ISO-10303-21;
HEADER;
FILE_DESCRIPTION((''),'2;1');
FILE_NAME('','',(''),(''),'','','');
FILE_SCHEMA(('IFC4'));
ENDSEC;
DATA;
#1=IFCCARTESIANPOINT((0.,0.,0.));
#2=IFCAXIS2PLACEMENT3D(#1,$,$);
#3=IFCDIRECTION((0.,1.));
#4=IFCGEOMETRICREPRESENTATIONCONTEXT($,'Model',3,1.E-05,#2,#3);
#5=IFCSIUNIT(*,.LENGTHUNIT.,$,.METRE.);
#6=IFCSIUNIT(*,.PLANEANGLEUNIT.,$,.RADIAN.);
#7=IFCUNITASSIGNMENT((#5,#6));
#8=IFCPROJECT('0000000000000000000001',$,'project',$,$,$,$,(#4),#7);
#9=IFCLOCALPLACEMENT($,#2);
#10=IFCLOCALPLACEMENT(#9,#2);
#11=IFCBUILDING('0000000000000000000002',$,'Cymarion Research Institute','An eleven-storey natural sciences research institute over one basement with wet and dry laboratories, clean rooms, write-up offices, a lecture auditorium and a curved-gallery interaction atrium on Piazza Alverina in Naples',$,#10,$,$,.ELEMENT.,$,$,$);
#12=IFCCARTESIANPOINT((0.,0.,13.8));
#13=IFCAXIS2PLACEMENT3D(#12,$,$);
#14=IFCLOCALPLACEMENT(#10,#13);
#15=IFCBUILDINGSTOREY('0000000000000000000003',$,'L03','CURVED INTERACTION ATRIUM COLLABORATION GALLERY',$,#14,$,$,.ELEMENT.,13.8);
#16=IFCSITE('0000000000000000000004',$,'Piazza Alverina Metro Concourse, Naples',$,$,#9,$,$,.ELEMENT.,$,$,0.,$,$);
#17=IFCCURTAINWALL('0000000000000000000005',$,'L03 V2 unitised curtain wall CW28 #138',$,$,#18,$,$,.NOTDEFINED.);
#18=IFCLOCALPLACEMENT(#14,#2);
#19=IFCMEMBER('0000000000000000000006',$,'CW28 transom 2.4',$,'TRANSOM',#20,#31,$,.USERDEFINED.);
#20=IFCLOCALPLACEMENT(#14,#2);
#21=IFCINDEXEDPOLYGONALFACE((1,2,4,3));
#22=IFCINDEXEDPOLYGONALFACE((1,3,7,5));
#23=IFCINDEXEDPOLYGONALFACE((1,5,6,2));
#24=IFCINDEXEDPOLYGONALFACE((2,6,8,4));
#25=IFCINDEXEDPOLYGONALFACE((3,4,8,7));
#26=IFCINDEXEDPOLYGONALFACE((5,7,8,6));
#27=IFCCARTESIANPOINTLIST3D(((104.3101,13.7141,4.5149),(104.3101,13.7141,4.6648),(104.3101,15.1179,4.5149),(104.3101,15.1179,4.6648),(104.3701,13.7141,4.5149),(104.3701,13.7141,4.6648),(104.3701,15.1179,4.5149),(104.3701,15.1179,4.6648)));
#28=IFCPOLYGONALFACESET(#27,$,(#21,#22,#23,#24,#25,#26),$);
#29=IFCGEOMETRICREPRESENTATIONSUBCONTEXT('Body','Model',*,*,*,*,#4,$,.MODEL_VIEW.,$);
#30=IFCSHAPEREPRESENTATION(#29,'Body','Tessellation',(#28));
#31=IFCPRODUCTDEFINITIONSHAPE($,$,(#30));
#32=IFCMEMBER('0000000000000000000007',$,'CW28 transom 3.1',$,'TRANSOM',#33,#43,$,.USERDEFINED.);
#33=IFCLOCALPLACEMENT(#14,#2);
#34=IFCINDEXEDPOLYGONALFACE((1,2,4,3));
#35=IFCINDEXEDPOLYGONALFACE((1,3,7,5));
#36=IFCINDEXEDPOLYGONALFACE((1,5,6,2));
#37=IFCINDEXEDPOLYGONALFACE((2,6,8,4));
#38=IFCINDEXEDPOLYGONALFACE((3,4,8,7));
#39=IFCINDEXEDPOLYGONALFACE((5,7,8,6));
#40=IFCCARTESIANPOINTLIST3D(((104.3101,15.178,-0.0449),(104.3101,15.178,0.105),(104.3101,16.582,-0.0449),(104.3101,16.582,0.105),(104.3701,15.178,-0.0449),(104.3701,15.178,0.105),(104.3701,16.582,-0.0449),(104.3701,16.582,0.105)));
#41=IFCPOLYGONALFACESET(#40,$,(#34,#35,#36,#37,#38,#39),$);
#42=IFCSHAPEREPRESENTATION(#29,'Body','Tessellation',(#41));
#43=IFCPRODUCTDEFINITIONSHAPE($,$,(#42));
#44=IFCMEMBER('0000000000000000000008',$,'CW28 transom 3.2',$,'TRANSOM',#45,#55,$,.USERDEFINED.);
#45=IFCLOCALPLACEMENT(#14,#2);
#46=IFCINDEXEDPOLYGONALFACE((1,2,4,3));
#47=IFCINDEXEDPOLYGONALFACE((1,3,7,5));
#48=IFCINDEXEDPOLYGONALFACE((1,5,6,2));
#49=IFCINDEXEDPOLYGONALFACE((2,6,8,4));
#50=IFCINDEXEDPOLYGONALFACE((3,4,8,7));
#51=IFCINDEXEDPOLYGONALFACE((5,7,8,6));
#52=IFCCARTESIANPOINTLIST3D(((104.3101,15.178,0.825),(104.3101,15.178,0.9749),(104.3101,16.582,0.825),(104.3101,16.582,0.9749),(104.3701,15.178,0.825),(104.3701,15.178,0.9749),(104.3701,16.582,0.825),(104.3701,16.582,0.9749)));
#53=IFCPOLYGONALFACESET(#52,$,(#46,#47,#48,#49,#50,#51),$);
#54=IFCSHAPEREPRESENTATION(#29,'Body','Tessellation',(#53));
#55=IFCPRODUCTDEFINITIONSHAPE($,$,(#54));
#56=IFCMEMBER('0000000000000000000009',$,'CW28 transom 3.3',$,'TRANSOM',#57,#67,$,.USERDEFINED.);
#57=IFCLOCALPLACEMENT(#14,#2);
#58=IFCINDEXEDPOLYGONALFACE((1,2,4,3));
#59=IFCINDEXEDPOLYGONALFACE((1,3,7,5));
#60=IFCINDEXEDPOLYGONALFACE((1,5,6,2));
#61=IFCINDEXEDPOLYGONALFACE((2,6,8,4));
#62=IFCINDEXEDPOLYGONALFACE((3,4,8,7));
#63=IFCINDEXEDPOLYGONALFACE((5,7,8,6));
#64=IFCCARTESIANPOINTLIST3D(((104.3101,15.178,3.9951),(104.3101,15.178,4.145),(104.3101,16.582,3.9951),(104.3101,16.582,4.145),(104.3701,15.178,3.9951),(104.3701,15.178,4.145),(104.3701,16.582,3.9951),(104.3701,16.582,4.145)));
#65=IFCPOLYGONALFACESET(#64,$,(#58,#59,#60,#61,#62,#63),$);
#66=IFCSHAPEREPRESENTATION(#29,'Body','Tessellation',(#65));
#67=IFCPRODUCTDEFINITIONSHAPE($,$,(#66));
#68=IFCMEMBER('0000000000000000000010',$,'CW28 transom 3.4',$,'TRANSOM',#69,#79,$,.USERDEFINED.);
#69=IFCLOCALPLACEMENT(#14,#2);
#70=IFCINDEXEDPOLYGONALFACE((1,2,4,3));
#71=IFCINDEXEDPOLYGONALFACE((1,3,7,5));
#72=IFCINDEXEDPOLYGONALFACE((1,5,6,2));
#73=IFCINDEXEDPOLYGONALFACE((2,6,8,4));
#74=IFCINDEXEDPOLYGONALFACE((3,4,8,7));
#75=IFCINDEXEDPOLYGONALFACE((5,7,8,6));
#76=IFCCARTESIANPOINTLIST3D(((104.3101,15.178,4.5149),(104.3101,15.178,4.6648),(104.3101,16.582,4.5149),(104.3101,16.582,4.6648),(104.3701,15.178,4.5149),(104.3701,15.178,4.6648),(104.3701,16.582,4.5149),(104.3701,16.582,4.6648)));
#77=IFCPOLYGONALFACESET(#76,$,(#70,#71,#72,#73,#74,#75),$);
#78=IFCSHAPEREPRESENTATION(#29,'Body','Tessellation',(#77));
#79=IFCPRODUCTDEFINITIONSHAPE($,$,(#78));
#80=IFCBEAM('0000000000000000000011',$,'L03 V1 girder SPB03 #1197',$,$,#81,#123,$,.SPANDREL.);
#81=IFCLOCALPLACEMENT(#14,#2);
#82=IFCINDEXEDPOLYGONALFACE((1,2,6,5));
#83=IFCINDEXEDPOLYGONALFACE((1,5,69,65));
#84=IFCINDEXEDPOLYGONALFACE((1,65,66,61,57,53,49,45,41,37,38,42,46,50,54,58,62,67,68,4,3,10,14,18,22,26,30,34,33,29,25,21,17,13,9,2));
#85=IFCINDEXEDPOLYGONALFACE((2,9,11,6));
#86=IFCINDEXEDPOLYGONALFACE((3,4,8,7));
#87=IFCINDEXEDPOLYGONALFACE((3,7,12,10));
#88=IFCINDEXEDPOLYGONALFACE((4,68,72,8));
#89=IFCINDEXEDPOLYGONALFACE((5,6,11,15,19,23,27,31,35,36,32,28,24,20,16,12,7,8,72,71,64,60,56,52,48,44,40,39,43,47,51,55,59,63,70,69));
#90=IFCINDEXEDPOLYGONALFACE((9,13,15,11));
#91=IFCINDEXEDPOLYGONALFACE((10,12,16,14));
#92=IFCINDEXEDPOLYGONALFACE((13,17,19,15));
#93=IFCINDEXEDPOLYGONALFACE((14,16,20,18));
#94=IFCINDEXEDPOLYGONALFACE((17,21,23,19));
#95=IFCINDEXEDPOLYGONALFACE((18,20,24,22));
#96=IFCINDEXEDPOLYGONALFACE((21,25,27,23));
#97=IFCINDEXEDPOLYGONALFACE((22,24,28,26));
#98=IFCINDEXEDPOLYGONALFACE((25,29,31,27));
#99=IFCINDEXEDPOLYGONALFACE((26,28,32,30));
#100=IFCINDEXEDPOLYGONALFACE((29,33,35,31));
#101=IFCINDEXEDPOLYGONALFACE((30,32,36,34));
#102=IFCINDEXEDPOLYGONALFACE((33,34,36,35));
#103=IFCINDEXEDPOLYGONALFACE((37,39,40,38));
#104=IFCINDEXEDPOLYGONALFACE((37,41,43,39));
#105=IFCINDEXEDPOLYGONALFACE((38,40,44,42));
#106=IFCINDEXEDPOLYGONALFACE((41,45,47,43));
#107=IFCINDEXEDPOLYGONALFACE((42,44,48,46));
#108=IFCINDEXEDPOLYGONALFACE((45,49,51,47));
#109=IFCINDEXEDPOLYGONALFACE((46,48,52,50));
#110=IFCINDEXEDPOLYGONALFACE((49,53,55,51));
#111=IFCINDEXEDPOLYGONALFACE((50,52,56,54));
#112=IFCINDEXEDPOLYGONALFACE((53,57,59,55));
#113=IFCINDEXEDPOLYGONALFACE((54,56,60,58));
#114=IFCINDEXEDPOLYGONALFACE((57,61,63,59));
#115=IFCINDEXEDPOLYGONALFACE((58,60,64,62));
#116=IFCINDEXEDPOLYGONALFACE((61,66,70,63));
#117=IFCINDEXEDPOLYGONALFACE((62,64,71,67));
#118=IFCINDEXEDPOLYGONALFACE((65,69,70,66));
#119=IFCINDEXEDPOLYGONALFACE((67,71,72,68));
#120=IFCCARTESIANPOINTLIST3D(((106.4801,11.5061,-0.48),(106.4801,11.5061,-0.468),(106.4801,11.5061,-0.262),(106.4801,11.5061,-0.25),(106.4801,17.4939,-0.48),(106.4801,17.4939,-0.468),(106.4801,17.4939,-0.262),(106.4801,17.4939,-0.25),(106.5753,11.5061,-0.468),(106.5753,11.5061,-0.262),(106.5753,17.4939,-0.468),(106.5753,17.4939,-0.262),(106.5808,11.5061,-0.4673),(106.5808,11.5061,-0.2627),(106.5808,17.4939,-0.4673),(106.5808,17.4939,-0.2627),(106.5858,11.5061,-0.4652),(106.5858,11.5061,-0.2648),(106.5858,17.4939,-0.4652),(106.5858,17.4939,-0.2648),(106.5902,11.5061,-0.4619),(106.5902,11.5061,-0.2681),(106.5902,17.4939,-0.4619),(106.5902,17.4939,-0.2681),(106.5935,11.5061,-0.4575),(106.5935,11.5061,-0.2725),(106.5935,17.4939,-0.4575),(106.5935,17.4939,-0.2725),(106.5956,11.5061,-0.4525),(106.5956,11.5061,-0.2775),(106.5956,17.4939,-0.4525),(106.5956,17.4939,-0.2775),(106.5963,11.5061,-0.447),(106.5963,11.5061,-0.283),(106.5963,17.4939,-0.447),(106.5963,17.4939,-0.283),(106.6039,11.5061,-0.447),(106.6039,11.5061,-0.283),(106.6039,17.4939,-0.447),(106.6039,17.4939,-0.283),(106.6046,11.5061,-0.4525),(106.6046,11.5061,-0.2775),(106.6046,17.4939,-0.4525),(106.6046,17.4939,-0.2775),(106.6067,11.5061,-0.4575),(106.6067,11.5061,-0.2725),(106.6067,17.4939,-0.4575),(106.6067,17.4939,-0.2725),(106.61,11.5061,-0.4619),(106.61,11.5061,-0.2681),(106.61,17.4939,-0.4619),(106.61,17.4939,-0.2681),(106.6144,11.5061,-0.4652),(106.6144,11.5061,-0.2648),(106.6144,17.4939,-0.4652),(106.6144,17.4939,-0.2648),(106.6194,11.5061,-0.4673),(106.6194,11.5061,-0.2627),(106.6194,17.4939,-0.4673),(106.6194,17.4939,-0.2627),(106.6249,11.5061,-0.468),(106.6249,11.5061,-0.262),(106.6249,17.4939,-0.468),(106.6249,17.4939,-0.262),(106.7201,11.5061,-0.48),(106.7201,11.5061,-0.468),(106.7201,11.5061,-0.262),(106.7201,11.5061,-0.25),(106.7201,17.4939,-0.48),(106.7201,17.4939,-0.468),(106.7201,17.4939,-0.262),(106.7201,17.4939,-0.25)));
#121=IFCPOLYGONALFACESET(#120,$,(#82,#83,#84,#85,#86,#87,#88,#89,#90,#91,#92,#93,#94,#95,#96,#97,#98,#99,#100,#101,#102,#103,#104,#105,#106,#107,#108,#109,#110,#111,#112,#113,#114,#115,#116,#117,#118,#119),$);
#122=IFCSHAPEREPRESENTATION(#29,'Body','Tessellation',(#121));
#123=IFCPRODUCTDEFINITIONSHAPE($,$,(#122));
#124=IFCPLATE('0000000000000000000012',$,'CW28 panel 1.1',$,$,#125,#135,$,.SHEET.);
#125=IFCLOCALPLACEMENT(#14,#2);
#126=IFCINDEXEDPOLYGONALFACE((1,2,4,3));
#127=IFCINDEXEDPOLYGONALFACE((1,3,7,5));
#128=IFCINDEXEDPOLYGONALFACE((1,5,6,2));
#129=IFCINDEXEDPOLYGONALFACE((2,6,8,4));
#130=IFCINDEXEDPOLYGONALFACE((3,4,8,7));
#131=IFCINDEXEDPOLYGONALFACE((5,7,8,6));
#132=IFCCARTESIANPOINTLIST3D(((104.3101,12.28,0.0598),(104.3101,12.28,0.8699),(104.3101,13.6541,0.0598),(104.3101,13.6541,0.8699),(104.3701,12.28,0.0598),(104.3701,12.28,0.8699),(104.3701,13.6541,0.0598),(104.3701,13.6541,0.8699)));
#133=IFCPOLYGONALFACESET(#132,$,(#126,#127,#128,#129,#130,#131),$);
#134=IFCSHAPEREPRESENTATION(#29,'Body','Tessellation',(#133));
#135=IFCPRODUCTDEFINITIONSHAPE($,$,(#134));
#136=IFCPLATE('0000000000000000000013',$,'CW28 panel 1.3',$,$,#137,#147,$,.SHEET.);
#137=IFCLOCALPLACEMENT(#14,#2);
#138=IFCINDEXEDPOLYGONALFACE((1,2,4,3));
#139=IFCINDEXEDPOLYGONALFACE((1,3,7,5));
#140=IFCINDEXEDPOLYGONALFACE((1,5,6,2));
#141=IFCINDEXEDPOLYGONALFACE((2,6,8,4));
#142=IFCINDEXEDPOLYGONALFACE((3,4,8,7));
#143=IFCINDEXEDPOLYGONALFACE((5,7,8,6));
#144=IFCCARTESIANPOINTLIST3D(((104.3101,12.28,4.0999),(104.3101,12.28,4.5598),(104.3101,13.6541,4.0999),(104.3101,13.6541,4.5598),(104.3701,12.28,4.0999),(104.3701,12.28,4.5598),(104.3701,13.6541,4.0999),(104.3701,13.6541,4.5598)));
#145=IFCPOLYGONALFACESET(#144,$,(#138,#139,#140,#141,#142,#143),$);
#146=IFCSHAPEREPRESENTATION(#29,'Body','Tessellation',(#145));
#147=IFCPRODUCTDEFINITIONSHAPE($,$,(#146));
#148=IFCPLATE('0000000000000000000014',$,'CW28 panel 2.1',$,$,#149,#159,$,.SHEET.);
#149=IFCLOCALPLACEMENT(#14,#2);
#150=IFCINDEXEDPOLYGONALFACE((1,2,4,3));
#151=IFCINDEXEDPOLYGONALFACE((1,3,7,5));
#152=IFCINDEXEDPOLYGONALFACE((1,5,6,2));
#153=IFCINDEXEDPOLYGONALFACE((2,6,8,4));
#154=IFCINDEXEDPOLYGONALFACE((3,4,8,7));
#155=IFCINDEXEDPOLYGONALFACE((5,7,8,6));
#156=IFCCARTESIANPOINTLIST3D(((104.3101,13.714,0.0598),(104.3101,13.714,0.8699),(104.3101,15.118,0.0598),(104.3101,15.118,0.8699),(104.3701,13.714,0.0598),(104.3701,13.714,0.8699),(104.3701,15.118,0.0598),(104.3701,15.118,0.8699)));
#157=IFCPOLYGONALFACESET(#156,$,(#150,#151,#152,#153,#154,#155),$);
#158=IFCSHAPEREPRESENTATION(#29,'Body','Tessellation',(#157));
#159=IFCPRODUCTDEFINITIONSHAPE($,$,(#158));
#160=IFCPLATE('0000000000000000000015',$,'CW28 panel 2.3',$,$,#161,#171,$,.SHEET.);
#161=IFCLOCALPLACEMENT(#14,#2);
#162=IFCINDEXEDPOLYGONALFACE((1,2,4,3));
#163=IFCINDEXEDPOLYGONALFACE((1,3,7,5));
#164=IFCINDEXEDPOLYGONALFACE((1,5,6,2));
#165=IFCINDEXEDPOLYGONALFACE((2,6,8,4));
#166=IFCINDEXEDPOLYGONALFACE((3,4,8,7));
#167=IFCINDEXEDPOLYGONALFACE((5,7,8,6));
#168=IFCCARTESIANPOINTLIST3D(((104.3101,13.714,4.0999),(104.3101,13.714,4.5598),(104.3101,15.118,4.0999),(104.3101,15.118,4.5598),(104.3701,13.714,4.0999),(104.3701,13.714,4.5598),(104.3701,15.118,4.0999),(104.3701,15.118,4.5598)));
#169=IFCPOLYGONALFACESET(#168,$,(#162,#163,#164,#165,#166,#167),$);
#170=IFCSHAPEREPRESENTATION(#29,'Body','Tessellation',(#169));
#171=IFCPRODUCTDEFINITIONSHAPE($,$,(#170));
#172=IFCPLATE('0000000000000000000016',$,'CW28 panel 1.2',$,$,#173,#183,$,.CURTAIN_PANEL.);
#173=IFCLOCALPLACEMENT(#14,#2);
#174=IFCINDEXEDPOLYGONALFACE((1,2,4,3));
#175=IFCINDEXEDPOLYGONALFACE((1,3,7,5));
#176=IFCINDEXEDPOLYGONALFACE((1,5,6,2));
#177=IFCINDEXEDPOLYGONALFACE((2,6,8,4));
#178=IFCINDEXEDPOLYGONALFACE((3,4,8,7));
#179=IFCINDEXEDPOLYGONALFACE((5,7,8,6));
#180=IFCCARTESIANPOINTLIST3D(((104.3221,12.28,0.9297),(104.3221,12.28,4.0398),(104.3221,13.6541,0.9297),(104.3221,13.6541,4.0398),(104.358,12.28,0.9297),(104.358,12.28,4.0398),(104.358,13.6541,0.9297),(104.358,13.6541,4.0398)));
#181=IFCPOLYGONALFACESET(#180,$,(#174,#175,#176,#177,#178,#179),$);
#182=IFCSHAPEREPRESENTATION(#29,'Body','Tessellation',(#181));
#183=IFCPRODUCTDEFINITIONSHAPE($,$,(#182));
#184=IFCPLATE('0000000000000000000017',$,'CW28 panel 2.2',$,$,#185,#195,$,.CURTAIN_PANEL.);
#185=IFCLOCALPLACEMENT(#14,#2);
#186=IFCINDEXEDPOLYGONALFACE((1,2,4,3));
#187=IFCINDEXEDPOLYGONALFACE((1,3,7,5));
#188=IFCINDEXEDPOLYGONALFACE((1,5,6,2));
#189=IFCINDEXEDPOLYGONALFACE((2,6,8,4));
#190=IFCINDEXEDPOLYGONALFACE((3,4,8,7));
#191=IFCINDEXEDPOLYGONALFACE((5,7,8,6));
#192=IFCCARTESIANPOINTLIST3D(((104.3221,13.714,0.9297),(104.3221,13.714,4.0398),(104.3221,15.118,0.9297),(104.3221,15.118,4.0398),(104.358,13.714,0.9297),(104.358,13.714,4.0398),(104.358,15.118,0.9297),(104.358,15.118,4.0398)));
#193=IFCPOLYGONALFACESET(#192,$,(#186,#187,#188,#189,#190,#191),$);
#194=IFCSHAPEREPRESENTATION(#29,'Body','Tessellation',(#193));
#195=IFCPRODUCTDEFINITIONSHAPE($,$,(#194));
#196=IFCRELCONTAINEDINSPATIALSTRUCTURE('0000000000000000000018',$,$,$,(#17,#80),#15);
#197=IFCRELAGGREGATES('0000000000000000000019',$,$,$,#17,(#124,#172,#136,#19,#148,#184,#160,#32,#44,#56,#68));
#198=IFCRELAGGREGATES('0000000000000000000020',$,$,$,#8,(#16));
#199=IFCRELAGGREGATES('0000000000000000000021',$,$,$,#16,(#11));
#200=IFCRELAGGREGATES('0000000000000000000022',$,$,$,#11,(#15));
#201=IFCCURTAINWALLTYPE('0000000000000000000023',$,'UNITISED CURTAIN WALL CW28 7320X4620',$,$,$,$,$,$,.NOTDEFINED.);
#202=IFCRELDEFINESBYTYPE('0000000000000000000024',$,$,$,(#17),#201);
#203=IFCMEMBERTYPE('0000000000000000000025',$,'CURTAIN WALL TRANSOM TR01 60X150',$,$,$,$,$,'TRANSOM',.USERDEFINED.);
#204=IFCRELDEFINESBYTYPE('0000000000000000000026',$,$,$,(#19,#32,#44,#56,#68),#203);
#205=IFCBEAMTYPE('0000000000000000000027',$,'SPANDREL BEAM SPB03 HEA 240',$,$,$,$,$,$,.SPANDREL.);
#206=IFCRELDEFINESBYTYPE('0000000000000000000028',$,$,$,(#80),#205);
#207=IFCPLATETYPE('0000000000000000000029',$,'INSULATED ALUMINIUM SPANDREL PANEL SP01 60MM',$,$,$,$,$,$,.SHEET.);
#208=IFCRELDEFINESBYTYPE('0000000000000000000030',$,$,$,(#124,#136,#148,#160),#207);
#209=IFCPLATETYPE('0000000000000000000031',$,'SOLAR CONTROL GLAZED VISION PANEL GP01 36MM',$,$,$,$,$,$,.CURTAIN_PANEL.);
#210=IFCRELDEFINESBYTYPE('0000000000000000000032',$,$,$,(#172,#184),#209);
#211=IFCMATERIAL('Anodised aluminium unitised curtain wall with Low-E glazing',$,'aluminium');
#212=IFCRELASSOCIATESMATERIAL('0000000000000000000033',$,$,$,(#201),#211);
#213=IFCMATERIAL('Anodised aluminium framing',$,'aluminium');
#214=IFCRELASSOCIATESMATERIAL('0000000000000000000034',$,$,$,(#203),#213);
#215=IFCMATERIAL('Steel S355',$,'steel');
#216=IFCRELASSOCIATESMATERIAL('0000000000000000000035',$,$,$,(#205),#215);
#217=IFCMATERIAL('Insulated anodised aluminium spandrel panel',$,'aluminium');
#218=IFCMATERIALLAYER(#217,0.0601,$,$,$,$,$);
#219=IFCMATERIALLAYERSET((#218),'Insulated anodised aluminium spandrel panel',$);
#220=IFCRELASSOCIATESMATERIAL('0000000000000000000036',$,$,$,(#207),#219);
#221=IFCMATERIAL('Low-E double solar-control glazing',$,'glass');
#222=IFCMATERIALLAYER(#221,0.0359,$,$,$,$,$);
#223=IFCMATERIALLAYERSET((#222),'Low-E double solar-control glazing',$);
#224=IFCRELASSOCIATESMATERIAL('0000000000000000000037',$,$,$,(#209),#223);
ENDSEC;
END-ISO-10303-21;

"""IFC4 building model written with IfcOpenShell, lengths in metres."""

from ifc_helpers import new_model, si_unit, direction, frame, origin, origin_2d, place, context, subcontext, project, spatial, rectangle, i_section, extrude, material, layer, layer_set, material_profile, profile_set, type_object, element, aggregate, save


model = new_model("IFC4")

# Units and contexts
model_context = context("Model", 3, precision=1e-05, world=origin(), true_north=direction((0.0, 1.0)))
body_context = subcontext(model_context, "Body", "Model", "MODEL_VIEW")
ifc_project = project(units=[si_unit("LENGTHUNIT", "METRE"), si_unit("PLANEANGLEUNIT", "RADIAN")], contexts=[model_context])

# Site, building, storey
site_placement = place(None, origin())
site = spatial("IfcSite", under=ifc_project, at=site_placement, Name="Piazza Alverina Metro Concourse, Naples", CompositionType="ELEMENT", RefElevation=0.0)
building_placement = place(site_placement, origin())
building = spatial("IfcBuilding", under=site, at=building_placement, Name="Cymarion Research Institute", Description="An eleven-storey natural sciences research institute over one basement with wet and dry laboratories, clean rooms, write-up offices, a lecture auditorium and a curved-gallery interaction atrium on Piazza Alverina in Naples", CompositionType="ELEMENT")
storey_placement = place(building_placement, frame((0.0, 0.0, 13.8)))
storey = spatial("IfcBuildingStorey", under=building, at=storey_placement, Name="L03", Description="CURVED INTERACTION ATRIUM COLLABORATION GALLERY", CompositionType="ELEMENT", Elevation=13.8)

# Shared definitions
ifc_material_1 = material(Name="Steel S355", Category="steel")

# Shared definitions
ifc_material_2 = material(Name="Anodised aluminium unitised curtain wall with Low-E glazing", Category="aluminium")
curtain_wall_type = type_object("IfcCurtainWallType", Name="UNITISED CURTAIN WALL CW28 7320X4620", PredefinedType="NOTDEFINED", material=ifc_material_2)
ifc_material_3 = material(Name="Anodised aluminium framing", Category="aluminium")

# Curtain wall, members
curtain_wall_1_placement = place(storey_placement, origin())
curtain_wall_1 = element("IfcCurtainWall", 1, at=curtain_wall_1_placement, inside=storey, type_object=curtain_wall_type, Name="L03 V2 unitised curtain wall CW28 #138", PredefinedType="NOTDEFINED")
ifc_material_profile_1 = material_profile(ifc_material_3, rectangle(XDim=0.0601, YDim=0.1499, at=origin_2d()), Name="ALU TRANSOM 60x150")
ifc_profile_set_1 = profile_set([ifc_material_profile_1], Name="Anodised aluminium framing")
member_type_1 = type_object("IfcMemberType", Name="CURTAIN WALL TRANSOM TR01 60X150", ElementType="TRANSOM", PredefinedType="USERDEFINED", material=ifc_profile_set_1)
member_1_placement = place(storey_placement, frame((104.3401, 13.7141, 4.5898), z_axis=(0.0, 1.0, 0.0), x_axis=(-1.0, 0.0, 0.0)))
member_1 = element("IfcMember", 2, at=member_1_placement, type_object=member_type_1, Name="CW28 transom 2.4", ObjectType="TRANSOM", PredefinedType="USERDEFINED", context=body_context, shape_type="SweptSolid", body=[
    extrude(rectangle(XDim=0.0601, YDim=0.1499, at=origin_2d()), origin(), (0.0, 0.0, 1.0), 1.4038),
])
member_2_placement = place(storey_placement, frame((104.3401, 15.178, 0.03), z_axis=(0.0, 1.0, 0.0), x_axis=(-1.0, 0.0, 0.0)))
member_2 = element("IfcMember", 3, at=member_2_placement, type_object=member_type_1, Name="CW28 transom 3.1", ObjectType="TRANSOM", PredefinedType="USERDEFINED", context=body_context, shape_type="SweptSolid", body=[
    extrude(rectangle(XDim=0.0601, YDim=0.1499, at=origin_2d()), origin(), (0.0, 0.0, 1.0), 1.4041),
])
member_3_placement = place(storey_placement, frame((104.3401, 15.178, 0.8999), z_axis=(0.0, 1.0, 0.0), x_axis=(-1.0, 0.0, 0.0)))
member_3 = element("IfcMember", 4, at=member_3_placement, type_object=member_type_1, Name="CW28 transom 3.2", ObjectType="TRANSOM", PredefinedType="USERDEFINED", context=body_context, shape_type="SweptSolid", body=[
    extrude(rectangle(XDim=0.0601, YDim=0.1499, at=origin_2d()), origin(), (0.0, 0.0, 1.0), 1.4041),
])
member_4_placement = place(storey_placement, frame((104.3401, 15.178, 4.0701), z_axis=(0.0, 1.0, 0.0), x_axis=(-1.0, 0.0, 0.0)))
member_4 = element("IfcMember", 5, at=member_4_placement, type_object=member_type_1, Name="CW28 transom 3.3", ObjectType="TRANSOM", PredefinedType="USERDEFINED", context=body_context, shape_type="SweptSolid", body=[
    extrude(rectangle(XDim=0.0601, YDim=0.1499, at=origin_2d()), origin(), (0.0, 0.0, 1.0), 1.4041),
])
member_5_placement = place(storey_placement, frame((104.3401, 15.178, 4.5898), z_axis=(0.0, 1.0, 0.0), x_axis=(-1.0, 0.0, 0.0)))
member_5 = element("IfcMember", 6, at=member_5_placement, type_object=member_type_1, Name="CW28 transom 3.4", ObjectType="TRANSOM", PredefinedType="USERDEFINED", context=body_context, shape_type="SweptSolid", body=[
    extrude(rectangle(XDim=0.0601, YDim=0.1499, at=origin_2d()), origin(), (0.0, 0.0, 1.0), 1.4041),
])

# Beam
ifc_material_profile_2 = material_profile(ifc_material_1, i_section(OverallWidth=0.24, OverallDepth=0.23, WebThickness=0.0076, FlangeThickness=0.012, FilletRadius=0.021, at=origin_2d()), Name="HEA 240")
ifc_profile_set_2 = profile_set([ifc_material_profile_2], Name="Steel S355")
beam_type = type_object("IfcBeamType", Name="SPANDREL BEAM SPB03 HEA 240", PredefinedType="SPANDREL", material=ifc_profile_set_2)
beam_placement = place(storey_placement, frame((106.6001, 11.5061, -0.365), z_axis=(0.0, 1.0, 0.0), x_axis=(-1.0, 0.0, 0.0)))
element("IfcBeam", 7, at=beam_placement, inside=storey, type_object=beam_type, Name="L03 V1 girder SPB03 #1197", PredefinedType="SPANDREL", context=body_context, shape_type="SweptSolid", body=[
    extrude(i_section(OverallWidth=0.24, OverallDepth=0.23, WebThickness=0.0076, FlangeThickness=0.012, FilletRadius=0.021, at=origin_2d()), origin(), (0.0, 0.0, 1.0), 5.9878),
])

# Plates
ifc_material_4 = material(Name="Insulated anodised aluminium spandrel panel", Category="aluminium")
ifc_layer_1 = layer(ifc_material_4, 0.0601)
ifc_layer_set_1 = layer_set([ifc_layer_1], Name="Insulated anodised aluminium spandrel panel")
plate_type_1 = type_object("IfcPlateType", Name="INSULATED ALUMINIUM SPANDREL PANEL SP01 60MM", PredefinedType="SHEET", material=ifc_layer_set_1)
plate_1_placement = place(storey_placement, frame((104.3401, 12.967, 0.0598), z_axis=(0.0, 0.0, 1.0), x_axis=(0.0, 1.0, 0.0)))
plate_1 = element("IfcPlate", 8, at=plate_1_placement, type_object=plate_type_1, Name="CW28 panel 1.1", PredefinedType="SHEET", context=body_context, shape_type="SweptSolid", body=[
    extrude(rectangle(XDim=1.374, YDim=0.0601, at=origin_2d()), origin(), (0.0, 0.0, 1.0), 0.8101),
])
plate_2_placement = place(storey_placement, frame((104.3401, 12.967, 4.0999), z_axis=(0.0, 0.0, 1.0), x_axis=(0.0, 1.0, 0.0)))
plate_2 = element("IfcPlate", 9, at=plate_2_placement, type_object=plate_type_1, Name="CW28 panel 1.3", PredefinedType="SHEET", context=body_context, shape_type="SweptSolid", body=[
    extrude(rectangle(XDim=1.374, YDim=0.0601, at=origin_2d()), origin(), (0.0, 0.0, 1.0), 0.46),
])
plate_3_placement = place(storey_placement, frame((104.3401, 14.416, 0.0598), z_axis=(0.0, 0.0, 1.0), x_axis=(0.0, 1.0, 0.0)))
plate_3 = element("IfcPlate", 10, at=plate_3_placement, type_object=plate_type_1, Name="CW28 panel 2.1", PredefinedType="SHEET", context=body_context, shape_type="SweptSolid", body=[
    extrude(rectangle(XDim=1.4041, YDim=0.0601, at=origin_2d()), origin(), (0.0, 0.0, 1.0), 0.8101),
])
plate_4_placement = place(storey_placement, frame((104.3401, 14.416, 4.0999), z_axis=(0.0, 0.0, 1.0), x_axis=(0.0, 1.0, 0.0)))
plate_4 = element("IfcPlate", 11, at=plate_4_placement, type_object=plate_type_1, Name="CW28 panel 2.3", PredefinedType="SHEET", context=body_context, shape_type="SweptSolid", body=[
    extrude(rectangle(XDim=1.4041, YDim=0.0601, at=origin_2d()), origin(), (0.0, 0.0, 1.0), 0.46),
])
ifc_material_5 = material(Name="Low-E double solar-control glazing", Category="glass")
ifc_layer_2 = layer(ifc_material_5, 0.0359)
ifc_layer_set_2 = layer_set([ifc_layer_2], Name="Low-E double solar-control glazing")
plate_type_2 = type_object("IfcPlateType", Name="SOLAR CONTROL GLAZED VISION PANEL GP01 36MM", PredefinedType="CURTAIN_PANEL", material=ifc_layer_set_2)
plate_5_placement = place(storey_placement, frame((104.3401, 12.967, 0.9297), z_axis=(0.0, 0.0, 1.0), x_axis=(0.0, 1.0, 0.0)))
plate_5 = element("IfcPlate", 12, at=plate_5_placement, type_object=plate_type_2, Name="CW28 panel 1.2", PredefinedType="CURTAIN_PANEL", context=body_context, shape_type="SweptSolid", body=[
    extrude(rectangle(XDim=1.374, YDim=0.0359, at=origin_2d()), origin(), (0.0, 0.0, 1.0), 3.1101),
])
plate_6_placement = place(storey_placement, frame((104.3401, 14.416, 0.9297), z_axis=(0.0, 0.0, 1.0), x_axis=(0.0, 1.0, 0.0)))
plate_6 = element("IfcPlate", 13, at=plate_6_placement, type_object=plate_type_2, Name="CW28 panel 2.2", PredefinedType="CURTAIN_PANEL", context=body_context, shape_type="SweptSolid", body=[
    extrude(rectangle(XDim=1.4041, YDim=0.0359, at=origin_2d()), origin(), (0.0, 0.0, 1.0), 3.1101),
])
aggregate(curtain_wall_1, [plate_1, plate_5, plate_2, member_1, plate_3, plate_6, plate_4, member_2, member_3, member_4, member_5])

save(model, "model.ifc")
